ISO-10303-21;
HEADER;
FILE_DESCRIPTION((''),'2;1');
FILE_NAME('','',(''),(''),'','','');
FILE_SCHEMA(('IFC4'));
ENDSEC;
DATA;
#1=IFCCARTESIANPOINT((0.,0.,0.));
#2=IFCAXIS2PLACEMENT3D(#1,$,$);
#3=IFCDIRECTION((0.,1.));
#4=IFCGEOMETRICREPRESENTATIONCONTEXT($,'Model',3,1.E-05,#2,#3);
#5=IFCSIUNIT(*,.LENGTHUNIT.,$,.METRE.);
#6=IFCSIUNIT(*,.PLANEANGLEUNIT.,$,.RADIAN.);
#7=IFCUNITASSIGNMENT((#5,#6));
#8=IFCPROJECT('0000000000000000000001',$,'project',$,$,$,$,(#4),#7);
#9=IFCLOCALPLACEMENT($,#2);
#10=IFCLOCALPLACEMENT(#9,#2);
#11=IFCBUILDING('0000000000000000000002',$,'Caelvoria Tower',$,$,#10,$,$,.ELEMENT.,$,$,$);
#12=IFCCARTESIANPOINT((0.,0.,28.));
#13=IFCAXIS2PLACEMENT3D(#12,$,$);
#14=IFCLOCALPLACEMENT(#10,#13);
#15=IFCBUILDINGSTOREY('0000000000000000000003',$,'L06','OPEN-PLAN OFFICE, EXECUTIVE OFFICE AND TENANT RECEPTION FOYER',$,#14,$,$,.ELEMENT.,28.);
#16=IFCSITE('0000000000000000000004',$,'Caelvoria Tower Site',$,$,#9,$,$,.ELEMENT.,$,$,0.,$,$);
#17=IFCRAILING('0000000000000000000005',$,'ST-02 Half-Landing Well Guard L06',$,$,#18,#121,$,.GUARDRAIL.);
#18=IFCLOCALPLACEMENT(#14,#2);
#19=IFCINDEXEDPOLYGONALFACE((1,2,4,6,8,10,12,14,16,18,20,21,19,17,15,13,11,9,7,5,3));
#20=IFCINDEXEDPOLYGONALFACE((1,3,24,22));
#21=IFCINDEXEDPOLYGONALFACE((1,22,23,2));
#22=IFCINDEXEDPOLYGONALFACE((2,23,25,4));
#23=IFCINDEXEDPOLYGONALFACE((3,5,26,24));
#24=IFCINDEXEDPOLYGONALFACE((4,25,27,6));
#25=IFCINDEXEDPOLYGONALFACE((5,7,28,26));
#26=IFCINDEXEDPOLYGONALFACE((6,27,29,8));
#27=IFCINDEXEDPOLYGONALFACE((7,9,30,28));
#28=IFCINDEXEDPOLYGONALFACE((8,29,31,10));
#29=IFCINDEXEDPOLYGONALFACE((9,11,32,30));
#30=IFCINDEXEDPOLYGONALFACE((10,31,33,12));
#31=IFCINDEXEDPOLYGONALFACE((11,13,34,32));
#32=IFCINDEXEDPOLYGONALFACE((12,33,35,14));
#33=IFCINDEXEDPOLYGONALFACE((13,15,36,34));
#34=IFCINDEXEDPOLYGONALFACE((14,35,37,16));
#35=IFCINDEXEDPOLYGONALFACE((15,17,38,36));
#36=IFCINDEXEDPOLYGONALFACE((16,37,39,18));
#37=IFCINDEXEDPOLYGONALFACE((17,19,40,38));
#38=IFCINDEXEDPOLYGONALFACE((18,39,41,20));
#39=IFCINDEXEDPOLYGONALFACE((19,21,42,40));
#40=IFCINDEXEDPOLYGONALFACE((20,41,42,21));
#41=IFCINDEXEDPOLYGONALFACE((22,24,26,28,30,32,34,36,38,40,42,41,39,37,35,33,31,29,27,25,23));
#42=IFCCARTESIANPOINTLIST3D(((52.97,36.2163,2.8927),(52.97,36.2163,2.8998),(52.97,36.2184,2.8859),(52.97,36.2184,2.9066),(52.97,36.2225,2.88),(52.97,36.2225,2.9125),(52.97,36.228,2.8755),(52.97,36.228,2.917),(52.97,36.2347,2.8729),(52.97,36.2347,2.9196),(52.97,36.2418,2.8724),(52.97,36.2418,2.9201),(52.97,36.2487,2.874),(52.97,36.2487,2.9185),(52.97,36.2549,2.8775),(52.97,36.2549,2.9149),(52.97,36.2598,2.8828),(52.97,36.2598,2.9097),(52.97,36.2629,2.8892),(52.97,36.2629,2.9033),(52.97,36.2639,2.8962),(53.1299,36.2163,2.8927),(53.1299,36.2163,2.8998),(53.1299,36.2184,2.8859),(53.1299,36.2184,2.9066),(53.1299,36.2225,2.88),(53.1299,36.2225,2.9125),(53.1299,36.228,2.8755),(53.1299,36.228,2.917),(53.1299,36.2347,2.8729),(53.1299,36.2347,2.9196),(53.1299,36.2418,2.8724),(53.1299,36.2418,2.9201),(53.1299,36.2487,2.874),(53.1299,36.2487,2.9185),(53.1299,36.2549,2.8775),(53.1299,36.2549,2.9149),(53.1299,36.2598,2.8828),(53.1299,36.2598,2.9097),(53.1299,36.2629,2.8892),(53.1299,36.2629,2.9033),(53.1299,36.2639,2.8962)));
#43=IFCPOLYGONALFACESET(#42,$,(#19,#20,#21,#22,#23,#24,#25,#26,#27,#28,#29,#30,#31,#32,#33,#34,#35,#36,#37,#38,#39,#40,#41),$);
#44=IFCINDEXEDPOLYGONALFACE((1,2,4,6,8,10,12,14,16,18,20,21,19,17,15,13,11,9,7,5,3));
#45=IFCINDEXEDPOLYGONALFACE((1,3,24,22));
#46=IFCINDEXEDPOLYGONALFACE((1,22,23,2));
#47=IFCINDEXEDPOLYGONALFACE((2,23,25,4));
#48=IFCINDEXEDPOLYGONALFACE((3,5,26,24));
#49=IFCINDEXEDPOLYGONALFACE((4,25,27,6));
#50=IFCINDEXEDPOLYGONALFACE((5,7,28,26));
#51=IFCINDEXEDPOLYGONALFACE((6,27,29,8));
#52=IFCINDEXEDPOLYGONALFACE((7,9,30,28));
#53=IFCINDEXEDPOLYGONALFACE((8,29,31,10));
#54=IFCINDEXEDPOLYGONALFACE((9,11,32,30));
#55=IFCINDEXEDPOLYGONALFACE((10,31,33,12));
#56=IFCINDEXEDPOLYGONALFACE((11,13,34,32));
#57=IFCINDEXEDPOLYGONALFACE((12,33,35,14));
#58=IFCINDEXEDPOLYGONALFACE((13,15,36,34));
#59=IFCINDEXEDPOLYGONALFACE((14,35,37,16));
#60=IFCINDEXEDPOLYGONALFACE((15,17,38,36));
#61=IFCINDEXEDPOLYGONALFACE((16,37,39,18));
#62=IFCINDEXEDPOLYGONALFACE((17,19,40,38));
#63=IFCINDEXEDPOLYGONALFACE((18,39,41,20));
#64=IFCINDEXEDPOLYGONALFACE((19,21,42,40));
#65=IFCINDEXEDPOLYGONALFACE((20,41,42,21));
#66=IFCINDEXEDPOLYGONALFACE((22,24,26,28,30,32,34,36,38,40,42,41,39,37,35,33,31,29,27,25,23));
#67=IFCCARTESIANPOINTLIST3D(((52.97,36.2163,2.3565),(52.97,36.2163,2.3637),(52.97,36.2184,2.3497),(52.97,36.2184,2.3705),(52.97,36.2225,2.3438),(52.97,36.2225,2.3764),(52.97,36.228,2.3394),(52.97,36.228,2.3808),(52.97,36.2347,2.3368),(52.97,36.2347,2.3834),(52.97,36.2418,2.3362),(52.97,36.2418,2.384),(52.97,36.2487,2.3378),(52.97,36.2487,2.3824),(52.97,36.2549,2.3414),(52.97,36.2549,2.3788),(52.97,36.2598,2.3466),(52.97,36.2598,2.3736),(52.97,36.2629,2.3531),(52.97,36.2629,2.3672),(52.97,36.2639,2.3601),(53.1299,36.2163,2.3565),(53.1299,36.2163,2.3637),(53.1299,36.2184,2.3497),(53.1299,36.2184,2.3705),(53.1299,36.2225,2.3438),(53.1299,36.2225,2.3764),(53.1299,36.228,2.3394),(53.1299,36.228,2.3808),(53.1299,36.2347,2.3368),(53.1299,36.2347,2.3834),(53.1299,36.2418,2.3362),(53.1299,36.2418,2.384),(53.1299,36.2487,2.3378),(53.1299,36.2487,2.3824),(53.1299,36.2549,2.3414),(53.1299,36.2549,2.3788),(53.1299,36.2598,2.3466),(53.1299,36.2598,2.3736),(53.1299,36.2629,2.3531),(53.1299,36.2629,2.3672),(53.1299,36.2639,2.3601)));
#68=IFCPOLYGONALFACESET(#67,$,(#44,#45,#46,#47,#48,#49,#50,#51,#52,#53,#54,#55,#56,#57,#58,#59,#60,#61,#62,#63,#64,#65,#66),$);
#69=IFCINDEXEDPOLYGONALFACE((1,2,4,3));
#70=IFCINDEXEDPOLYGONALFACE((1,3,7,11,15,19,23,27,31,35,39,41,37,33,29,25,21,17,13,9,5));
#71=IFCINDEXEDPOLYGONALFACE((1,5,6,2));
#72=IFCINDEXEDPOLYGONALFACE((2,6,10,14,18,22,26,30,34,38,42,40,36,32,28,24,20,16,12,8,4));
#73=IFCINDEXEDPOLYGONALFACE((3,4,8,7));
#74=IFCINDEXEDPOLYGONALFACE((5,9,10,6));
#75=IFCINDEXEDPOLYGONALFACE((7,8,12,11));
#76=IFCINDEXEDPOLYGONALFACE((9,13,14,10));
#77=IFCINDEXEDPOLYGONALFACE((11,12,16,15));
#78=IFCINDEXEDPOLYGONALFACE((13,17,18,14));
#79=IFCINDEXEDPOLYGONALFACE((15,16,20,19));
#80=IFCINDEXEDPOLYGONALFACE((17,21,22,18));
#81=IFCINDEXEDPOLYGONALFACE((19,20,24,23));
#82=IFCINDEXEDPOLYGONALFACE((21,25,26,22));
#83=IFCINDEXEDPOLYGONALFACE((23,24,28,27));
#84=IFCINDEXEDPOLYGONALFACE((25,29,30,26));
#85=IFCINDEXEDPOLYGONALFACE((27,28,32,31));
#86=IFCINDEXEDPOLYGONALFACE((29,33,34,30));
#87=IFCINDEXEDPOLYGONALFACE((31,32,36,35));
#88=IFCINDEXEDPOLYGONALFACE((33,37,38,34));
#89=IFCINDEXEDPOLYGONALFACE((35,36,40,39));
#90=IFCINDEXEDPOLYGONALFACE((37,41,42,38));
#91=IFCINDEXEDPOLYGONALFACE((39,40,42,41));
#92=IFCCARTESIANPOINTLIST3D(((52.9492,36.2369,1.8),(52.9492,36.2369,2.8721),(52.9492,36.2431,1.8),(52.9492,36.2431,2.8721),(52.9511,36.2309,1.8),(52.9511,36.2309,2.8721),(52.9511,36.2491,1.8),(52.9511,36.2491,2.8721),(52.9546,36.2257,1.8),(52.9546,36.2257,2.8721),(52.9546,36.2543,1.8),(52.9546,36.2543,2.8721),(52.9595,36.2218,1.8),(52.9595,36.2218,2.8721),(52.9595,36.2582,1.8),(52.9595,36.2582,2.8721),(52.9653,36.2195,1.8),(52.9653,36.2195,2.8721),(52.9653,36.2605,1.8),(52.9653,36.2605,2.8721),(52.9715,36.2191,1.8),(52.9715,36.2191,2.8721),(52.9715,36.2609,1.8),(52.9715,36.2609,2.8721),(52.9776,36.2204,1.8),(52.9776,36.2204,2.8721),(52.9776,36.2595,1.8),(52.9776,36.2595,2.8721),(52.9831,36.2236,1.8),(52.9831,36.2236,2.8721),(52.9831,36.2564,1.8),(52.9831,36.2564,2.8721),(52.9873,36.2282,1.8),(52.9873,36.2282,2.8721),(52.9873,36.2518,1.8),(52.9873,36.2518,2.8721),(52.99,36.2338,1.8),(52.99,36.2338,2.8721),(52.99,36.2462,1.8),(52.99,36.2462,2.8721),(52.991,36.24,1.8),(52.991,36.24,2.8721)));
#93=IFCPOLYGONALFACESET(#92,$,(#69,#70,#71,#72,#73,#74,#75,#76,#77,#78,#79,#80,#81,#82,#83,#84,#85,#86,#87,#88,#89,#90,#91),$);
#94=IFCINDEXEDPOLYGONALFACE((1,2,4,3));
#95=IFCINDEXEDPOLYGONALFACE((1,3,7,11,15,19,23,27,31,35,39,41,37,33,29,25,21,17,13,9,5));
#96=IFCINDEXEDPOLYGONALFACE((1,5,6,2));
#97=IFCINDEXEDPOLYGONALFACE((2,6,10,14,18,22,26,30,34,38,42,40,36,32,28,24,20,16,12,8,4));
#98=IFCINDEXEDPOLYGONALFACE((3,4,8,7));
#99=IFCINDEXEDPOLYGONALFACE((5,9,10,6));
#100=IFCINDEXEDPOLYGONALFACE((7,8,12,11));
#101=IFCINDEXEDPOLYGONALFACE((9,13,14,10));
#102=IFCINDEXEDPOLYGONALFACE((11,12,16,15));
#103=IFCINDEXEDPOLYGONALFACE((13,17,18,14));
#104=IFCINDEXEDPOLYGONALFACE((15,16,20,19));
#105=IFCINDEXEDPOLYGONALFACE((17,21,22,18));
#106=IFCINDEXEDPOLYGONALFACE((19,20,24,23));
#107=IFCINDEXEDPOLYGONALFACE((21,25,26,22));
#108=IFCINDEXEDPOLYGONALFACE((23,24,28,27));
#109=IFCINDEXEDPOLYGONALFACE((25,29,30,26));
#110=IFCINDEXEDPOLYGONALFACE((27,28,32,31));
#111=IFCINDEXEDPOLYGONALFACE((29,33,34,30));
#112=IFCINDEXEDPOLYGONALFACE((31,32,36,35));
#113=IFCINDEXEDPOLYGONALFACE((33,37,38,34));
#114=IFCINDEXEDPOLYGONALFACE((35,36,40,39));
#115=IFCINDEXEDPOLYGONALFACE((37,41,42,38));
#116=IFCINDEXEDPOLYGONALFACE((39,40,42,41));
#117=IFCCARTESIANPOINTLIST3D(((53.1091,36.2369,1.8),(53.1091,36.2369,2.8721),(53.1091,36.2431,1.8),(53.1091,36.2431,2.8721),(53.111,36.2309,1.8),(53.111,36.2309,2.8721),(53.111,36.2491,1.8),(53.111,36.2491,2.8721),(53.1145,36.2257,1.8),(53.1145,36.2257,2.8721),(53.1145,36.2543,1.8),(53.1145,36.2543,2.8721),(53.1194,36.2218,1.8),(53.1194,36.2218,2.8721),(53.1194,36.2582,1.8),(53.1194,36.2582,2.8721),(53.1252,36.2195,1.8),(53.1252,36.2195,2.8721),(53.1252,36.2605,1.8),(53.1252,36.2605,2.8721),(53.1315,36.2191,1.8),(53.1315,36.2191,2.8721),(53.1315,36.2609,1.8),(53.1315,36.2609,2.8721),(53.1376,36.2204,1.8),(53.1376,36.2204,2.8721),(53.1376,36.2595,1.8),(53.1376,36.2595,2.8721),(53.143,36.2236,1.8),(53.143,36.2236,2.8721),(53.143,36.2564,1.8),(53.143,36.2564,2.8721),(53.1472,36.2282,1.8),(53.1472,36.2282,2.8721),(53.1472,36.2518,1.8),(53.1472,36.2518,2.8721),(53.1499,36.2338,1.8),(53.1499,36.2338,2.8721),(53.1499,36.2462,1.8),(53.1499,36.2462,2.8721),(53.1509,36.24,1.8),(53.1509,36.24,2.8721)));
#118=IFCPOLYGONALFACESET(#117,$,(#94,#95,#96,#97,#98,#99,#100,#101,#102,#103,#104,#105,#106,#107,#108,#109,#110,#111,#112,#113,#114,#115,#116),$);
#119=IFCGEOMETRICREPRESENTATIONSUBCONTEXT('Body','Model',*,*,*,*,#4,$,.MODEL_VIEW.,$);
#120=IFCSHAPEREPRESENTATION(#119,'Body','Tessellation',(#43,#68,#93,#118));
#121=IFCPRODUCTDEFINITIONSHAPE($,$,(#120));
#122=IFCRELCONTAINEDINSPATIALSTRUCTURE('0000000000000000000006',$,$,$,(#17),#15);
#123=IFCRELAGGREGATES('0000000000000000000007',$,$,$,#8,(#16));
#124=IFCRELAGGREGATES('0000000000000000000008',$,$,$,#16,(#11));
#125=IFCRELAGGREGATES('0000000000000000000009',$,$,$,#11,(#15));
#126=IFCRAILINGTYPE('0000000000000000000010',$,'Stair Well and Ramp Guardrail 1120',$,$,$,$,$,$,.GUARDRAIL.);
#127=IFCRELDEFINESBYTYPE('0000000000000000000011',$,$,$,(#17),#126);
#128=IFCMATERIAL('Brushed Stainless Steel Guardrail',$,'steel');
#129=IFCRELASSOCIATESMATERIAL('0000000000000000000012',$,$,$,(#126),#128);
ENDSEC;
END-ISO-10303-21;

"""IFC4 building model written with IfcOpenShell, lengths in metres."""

from ifc_helpers import new_model, si_unit, direction, frame, origin, origin_2d, place, context, subcontext, project, spatial, circle, extrude, material, type_object, element, save


model = new_model("IFC4")

# Units and contexts
model_context = context("Model", 3, precision=1e-05, world=origin(), true_north=direction((0.0, 1.0)))
body_context = subcontext(model_context, "Body", "Model", "MODEL_VIEW")
ifc_project = project(units=[si_unit("LENGTHUNIT", "METRE"), si_unit("PLANEANGLEUNIT", "RADIAN")], contexts=[model_context])

# Site, building, storey
site_placement = place(None, origin())
site = spatial("IfcSite", under=ifc_project, at=site_placement, Name="Caelvoria Tower Site", CompositionType="ELEMENT", RefElevation=0.0)
building_placement = place(site_placement, origin())
building = spatial("IfcBuilding", under=site, at=building_placement, Name="Caelvoria Tower", CompositionType="ELEMENT")
storey_placement = place(building_placement, frame((0.0, 0.0, 28.0)))
storey = spatial("IfcBuildingStorey", under=building, at=storey_placement, Name="L06", Description="OPEN-PLAN OFFICE, EXECUTIVE OFFICE AND TENANT RECEPTION FOYER", CompositionType="ELEMENT", Elevation=28.0)

# Railing
ifc_material_1 = material(Name="Brushed Stainless Steel Guardrail", Category="steel")
railing_type_1 = type_object("IfcRailingType", Name="Stair Well and Ramp Guardrail 1120", PredefinedType="GUARDRAIL", material=ifc_material_1)
railing_1_placement = place(storey_placement, frame((52.97, 36.24, 1.8)))
element("IfcRailing", 1, at=railing_1_placement, inside=storey, type_object=railing_type_1, Name="ST-02 Half-Landing Well Guard L06", PredefinedType="GUARDRAIL", context=body_context, shape_type="SweptSolid", body=[
    extrude(circle(Radius=0.0239, at=origin_2d()), frame((0.0, 0.0, 1.0962), z_axis=(1.0, 0.0, 0.0), x_axis=(0.0, 1.0, 0.0)), (0.0, 0.0, 1.0), 0.1599),
    extrude(circle(Radius=0.0239, at=origin_2d()), frame((0.0, 0.0, 0.5601), z_axis=(1.0, 0.0, 0.0), x_axis=(0.0, 1.0, 0.0)), (0.0, 0.0, 1.0), 0.1599),
    extrude(circle(Radius=0.021, at=origin_2d()), origin(), (0.0, 0.0, 1.0), 1.072),
    extrude(circle(Radius=0.021, at=origin_2d()), frame((0.1599, 0.0, 0.0)), (0.0, 0.0, 1.0), 1.072),
])

save(model, "model.ifc")
